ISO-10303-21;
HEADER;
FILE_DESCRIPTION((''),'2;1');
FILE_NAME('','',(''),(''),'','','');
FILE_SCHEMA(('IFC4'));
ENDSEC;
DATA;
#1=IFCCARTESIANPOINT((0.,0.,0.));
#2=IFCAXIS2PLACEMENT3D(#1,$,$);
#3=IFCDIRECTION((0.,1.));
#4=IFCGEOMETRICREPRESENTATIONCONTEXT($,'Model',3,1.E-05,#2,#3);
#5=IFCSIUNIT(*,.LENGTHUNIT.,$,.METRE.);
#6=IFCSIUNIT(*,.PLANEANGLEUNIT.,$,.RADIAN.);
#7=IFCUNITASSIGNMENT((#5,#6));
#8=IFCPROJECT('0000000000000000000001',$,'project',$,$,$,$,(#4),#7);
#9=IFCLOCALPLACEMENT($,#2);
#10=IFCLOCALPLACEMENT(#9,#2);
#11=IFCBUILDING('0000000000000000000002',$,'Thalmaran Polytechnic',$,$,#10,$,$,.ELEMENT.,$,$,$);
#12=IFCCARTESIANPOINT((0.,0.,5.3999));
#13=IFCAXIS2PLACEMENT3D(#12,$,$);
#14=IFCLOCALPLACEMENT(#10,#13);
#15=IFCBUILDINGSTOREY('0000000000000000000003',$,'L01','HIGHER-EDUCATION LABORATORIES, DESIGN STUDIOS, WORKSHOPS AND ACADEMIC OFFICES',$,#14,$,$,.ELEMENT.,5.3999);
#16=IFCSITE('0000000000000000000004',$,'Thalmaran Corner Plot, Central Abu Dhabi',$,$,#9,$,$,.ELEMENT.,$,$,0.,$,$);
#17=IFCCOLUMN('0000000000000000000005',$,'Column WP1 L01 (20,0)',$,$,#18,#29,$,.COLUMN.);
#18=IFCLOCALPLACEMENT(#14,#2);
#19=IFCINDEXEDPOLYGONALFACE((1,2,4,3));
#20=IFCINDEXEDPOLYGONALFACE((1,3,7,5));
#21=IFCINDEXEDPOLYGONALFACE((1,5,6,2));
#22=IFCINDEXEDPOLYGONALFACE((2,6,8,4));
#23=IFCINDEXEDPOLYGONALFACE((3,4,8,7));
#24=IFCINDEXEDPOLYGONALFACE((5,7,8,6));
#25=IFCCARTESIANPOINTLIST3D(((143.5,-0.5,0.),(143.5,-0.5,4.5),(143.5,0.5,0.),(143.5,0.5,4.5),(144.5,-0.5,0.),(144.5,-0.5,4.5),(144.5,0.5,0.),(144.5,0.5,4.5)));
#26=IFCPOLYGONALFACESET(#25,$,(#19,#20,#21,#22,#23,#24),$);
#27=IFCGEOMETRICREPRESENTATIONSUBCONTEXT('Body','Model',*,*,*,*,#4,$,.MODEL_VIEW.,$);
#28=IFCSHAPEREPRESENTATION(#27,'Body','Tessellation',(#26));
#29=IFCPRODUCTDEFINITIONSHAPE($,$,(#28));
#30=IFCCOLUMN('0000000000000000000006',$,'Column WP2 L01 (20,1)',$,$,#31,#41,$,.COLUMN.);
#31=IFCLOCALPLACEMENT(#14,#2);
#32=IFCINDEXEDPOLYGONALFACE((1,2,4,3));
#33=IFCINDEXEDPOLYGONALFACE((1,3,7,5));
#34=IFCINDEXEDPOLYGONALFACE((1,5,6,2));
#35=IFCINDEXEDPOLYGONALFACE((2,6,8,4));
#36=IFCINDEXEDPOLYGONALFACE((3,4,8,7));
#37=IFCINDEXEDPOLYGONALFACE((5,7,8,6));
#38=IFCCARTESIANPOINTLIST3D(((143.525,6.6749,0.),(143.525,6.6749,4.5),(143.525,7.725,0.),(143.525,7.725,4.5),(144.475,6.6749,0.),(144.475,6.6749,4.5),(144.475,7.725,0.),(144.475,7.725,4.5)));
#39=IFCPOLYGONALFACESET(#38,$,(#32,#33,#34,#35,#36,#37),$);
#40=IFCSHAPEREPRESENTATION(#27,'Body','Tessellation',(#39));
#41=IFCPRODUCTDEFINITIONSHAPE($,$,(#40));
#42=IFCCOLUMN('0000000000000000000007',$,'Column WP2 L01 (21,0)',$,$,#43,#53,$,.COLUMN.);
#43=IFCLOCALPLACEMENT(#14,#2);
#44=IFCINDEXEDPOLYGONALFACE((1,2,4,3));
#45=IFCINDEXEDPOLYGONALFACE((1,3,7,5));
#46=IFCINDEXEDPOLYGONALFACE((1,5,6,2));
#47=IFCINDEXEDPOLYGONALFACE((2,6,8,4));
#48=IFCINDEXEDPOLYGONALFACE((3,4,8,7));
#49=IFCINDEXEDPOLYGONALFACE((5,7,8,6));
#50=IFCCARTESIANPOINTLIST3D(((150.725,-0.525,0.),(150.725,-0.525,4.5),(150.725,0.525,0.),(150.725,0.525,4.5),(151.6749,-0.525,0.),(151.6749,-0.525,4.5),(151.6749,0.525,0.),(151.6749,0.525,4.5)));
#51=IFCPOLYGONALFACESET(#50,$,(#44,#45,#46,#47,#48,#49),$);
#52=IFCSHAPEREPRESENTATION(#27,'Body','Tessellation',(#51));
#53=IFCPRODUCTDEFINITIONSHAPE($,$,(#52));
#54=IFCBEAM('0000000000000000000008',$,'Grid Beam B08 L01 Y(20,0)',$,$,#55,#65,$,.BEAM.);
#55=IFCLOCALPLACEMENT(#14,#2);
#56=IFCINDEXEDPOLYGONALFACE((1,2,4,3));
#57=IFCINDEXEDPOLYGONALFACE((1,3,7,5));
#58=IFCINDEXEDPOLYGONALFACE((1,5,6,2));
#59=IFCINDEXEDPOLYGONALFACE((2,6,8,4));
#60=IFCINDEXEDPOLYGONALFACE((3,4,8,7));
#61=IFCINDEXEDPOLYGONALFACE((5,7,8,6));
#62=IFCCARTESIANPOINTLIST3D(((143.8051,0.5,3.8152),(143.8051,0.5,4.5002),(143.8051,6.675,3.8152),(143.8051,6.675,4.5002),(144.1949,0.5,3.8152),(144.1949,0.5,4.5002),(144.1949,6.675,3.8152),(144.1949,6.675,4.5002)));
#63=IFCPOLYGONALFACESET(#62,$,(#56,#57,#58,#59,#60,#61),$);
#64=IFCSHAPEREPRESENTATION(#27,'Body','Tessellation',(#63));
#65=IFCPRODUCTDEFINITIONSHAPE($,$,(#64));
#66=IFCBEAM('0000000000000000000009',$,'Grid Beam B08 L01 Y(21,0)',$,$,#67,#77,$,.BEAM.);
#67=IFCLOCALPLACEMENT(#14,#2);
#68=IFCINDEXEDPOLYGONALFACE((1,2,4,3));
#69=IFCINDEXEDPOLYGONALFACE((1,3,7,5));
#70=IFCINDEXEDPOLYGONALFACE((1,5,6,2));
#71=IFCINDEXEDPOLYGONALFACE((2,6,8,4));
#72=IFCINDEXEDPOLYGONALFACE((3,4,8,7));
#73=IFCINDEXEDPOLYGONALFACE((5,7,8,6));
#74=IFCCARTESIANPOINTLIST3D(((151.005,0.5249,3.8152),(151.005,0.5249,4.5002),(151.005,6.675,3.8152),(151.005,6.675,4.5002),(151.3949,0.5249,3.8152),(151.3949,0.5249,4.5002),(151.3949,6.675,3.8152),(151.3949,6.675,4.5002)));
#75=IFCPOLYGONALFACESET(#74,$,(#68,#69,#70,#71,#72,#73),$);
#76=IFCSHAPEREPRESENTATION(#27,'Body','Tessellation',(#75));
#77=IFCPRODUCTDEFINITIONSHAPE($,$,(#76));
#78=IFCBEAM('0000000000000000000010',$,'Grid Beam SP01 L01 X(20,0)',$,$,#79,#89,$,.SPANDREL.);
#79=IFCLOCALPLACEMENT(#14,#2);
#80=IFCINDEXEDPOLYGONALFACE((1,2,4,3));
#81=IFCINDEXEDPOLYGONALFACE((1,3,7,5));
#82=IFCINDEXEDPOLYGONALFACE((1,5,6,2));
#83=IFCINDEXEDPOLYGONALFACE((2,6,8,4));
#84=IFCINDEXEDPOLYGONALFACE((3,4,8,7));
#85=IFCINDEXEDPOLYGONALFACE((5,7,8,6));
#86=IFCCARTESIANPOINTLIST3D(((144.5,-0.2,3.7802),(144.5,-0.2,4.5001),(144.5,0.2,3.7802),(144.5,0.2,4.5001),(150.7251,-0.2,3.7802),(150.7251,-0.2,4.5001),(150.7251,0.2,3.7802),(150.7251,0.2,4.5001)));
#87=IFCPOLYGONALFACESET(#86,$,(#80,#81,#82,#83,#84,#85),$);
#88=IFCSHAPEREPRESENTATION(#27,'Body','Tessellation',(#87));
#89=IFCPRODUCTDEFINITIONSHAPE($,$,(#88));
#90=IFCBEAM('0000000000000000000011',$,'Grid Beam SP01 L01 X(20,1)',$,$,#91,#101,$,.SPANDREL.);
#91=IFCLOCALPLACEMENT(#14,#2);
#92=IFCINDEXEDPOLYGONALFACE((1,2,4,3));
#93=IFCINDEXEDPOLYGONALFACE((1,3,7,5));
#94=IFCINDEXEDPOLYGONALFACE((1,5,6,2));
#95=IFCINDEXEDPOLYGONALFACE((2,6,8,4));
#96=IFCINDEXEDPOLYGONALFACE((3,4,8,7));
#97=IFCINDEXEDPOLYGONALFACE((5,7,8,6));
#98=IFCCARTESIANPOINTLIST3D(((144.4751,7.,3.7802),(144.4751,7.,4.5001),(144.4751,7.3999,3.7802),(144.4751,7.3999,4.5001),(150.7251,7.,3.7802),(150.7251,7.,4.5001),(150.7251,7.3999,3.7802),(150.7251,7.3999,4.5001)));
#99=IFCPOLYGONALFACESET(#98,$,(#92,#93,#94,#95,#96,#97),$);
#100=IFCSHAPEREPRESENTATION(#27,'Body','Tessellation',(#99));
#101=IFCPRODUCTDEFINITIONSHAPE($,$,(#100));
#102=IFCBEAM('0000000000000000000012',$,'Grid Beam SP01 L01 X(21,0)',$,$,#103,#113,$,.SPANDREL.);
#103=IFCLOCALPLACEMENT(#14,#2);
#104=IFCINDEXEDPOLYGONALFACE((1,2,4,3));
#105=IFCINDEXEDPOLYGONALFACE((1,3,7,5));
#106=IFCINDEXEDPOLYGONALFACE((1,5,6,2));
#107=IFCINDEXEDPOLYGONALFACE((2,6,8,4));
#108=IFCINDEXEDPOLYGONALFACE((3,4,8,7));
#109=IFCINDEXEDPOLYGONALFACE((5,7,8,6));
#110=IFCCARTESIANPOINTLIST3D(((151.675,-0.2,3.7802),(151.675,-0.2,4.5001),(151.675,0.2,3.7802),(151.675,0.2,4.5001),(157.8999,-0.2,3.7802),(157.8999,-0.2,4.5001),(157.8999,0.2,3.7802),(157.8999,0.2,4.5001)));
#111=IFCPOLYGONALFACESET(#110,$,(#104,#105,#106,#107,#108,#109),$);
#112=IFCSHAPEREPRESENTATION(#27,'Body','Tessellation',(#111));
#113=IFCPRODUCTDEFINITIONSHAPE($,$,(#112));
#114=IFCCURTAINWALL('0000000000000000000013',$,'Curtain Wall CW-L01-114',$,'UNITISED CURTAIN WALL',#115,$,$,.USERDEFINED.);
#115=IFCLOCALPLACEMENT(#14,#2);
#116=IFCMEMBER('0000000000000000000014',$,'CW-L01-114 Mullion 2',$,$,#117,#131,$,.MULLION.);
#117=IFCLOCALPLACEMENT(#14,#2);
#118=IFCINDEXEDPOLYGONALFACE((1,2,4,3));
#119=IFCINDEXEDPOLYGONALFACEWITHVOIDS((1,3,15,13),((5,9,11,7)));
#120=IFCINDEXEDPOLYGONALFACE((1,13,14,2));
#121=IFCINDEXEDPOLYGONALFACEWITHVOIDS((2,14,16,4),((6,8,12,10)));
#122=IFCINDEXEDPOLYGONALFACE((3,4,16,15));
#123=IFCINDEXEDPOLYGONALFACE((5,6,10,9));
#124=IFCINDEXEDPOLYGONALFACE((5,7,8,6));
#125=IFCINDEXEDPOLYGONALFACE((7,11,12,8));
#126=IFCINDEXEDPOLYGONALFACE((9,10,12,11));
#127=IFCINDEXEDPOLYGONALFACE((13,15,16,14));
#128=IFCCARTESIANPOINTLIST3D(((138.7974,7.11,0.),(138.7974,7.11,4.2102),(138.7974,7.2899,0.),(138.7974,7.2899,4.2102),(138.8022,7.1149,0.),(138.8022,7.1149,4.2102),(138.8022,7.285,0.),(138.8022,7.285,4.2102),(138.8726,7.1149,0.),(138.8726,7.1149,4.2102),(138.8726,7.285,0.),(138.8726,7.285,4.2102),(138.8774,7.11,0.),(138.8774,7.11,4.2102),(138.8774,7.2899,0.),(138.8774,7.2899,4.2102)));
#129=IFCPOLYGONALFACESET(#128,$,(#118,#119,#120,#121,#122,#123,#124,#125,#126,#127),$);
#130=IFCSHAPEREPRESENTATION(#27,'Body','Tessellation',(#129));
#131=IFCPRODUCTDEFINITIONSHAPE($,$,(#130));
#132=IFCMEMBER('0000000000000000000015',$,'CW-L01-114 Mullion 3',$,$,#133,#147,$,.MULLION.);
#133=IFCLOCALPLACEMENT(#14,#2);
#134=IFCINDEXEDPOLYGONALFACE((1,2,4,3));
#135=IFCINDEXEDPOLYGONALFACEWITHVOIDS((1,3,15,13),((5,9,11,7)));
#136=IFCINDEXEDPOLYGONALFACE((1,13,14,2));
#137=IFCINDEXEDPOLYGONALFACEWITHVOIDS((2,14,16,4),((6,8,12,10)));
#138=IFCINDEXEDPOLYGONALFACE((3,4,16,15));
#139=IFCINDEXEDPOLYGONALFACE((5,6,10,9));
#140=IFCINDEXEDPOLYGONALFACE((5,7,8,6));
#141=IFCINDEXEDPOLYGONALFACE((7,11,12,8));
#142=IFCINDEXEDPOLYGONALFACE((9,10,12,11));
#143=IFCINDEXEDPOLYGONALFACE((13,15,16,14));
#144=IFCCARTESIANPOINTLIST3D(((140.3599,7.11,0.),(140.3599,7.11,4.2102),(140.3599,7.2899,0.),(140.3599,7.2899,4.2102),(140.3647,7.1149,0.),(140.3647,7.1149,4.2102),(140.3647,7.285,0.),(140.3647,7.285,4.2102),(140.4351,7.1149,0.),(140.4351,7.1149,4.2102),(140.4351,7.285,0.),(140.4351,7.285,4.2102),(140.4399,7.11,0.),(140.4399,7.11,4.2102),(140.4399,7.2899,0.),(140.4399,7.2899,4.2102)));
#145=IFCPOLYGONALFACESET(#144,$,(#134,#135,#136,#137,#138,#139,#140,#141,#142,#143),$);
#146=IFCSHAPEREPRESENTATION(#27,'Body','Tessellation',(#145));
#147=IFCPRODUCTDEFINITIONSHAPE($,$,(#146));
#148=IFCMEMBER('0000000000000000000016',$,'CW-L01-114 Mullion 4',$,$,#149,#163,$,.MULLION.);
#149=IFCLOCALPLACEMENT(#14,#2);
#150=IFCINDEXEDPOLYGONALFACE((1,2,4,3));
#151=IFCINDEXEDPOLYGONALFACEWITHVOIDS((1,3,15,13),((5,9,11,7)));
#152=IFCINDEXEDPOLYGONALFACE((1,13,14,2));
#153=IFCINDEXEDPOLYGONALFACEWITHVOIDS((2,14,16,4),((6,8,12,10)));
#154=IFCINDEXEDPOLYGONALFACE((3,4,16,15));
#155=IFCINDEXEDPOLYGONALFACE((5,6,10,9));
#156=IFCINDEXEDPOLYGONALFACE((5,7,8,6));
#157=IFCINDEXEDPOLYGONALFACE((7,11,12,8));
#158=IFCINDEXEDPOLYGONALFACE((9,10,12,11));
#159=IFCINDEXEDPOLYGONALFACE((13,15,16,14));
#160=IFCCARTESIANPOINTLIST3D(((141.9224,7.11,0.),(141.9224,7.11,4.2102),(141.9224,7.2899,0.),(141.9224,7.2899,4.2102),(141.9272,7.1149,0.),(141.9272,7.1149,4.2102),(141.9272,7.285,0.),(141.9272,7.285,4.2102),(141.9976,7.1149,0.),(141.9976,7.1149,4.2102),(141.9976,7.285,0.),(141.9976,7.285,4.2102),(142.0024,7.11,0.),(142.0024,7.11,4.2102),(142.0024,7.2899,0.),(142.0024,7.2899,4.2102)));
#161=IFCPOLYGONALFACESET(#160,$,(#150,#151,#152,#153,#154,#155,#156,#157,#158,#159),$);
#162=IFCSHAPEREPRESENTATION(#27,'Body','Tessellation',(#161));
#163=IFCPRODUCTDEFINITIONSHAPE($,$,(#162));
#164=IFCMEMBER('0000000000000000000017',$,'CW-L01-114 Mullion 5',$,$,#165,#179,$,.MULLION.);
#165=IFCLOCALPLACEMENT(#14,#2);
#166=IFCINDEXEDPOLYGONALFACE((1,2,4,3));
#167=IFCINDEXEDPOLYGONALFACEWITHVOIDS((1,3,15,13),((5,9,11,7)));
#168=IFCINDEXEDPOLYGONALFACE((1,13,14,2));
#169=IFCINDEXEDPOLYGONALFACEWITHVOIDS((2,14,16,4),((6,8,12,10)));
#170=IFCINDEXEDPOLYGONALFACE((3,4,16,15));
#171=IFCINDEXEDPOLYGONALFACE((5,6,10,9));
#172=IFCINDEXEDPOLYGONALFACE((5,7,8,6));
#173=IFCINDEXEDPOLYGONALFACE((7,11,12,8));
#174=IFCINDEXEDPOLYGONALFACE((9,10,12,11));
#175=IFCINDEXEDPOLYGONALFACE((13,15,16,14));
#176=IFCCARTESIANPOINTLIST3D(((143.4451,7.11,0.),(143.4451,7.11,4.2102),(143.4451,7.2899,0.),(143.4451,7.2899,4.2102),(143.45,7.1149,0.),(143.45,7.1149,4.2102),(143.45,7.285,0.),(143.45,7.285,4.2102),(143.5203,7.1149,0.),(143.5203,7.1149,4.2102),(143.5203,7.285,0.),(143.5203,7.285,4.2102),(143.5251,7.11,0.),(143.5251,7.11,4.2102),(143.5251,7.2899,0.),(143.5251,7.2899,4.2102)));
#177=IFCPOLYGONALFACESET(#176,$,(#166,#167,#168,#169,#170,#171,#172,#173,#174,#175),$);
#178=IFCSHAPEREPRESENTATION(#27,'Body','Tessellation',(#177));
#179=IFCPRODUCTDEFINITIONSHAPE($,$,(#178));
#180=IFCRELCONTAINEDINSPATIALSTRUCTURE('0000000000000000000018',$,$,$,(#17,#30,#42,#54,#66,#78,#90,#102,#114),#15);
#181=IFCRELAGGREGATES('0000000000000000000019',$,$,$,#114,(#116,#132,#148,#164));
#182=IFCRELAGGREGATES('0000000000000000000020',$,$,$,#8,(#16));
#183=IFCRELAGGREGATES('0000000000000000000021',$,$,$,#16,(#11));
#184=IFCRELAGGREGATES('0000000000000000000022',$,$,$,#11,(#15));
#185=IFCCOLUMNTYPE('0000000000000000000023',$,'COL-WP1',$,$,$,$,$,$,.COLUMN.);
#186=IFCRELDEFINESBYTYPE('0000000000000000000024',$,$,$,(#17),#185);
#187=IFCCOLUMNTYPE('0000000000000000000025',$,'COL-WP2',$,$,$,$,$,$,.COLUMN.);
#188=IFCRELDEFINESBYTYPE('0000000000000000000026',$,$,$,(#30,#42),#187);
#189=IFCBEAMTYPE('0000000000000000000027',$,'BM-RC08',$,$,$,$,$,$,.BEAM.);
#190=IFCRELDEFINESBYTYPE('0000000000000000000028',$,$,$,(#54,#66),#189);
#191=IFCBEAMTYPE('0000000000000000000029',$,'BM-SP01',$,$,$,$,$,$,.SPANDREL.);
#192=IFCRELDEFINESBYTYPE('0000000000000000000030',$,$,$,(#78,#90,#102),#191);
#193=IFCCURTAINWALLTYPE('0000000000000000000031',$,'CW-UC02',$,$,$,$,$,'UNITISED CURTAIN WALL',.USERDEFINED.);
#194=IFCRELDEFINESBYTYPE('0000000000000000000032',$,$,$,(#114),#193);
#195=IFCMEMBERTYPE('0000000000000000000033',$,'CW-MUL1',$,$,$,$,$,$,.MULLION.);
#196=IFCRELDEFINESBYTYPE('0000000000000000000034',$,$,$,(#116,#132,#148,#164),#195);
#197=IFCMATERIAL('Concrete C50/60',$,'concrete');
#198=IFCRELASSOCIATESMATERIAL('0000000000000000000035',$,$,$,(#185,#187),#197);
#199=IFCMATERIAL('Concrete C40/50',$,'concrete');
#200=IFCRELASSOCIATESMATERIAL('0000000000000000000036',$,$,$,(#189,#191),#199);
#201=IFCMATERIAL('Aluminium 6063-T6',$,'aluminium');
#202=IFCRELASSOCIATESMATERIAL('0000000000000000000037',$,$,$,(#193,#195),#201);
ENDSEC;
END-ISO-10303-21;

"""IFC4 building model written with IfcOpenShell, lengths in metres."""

from ifc_helpers import new_model, si_unit, direction, frame, origin, origin_2d, place, context, subcontext, project, spatial, rectangle, hollow_rectangle, extrude, material, material_profile, profile_set, type_object, element, aggregate, save


model = new_model("IFC4")

# Units and contexts
model_context = context("Model", 3, precision=1e-05, world=origin(), true_north=direction((0.0, 1.0)))
body_context = subcontext(model_context, "Body", "Model", "MODEL_VIEW")
ifc_project = project(units=[si_unit("LENGTHUNIT", "METRE"), si_unit("PLANEANGLEUNIT", "RADIAN")], contexts=[model_context])

# Site, building, storey
site_placement = place(None, origin())
site = spatial("IfcSite", under=ifc_project, at=site_placement, Name="Thalmaran Corner Plot, Central Abu Dhabi", CompositionType="ELEMENT", RefElevation=0.0)
building_placement = place(site_placement, origin())
building = spatial("IfcBuilding", under=site, at=building_placement, Name="Thalmaran Polytechnic", CompositionType="ELEMENT")
storey_placement = place(building_placement, frame((0.0, 0.0, 5.3999)))
storey = spatial("IfcBuildingStorey", under=building, at=storey_placement, Name="L01", Description="HIGHER-EDUCATION LABORATORIES, DESIGN STUDIOS, WORKSHOPS AND ACADEMIC OFFICES", CompositionType="ELEMENT", Elevation=5.3999)

# Columns
ifc_material_1 = material(Name="Concrete C50/60", Category="concrete")
ifc_material_profile_1 = material_profile(ifc_material_1, rectangle(XDim=1.0, YDim=1.0, at=origin_2d()), Name="RC 1000x1000")
ifc_profile_set_1 = profile_set([ifc_material_profile_1], Name="Concrete C50/60")
column_type_1 = type_object("IfcColumnType", Name="COL-WP1", PredefinedType="COLUMN", material=ifc_profile_set_1)
column_placement = place(storey_placement, frame((144.0, 0.0, 0.0), z_axis=(0.0, 0.0, 1.0), x_axis=(1.0, 0.0, 0.0)))
element("IfcColumn", 1, at=column_placement, inside=storey, type_object=column_type_1, Name="Column WP1 L01 (20,0)", PredefinedType="COLUMN", context=body_context, shape_type="SweptSolid", body=[
    extrude(rectangle(XDim=1.0, YDim=1.0, at=origin_2d()), origin(), (0.0, 0.0, 1.0), 4.5),
])
ifc_material_profile_2 = material_profile(ifc_material_1, rectangle(XDim=0.95, YDim=1.05, at=origin_2d()), Name="RC 950x1050")
ifc_profile_set_2 = profile_set([ifc_material_profile_2], Name="Concrete C50/60")
column_type_2 = type_object("IfcColumnType", Name="COL-WP2", PredefinedType="COLUMN", material=ifc_profile_set_2)
for number, where, z_axis, x_axis, name in (
    (2, (144.0, 7.2, 0.0), (0.0, 0.0, 1.0), (1.0, 0.0, 0.0), "Column WP2 L01 (20,1)"),
    (3, (151.2, 0.0, 0.0), (0.0, 0.0, 1.0), (1.0, 0.0, 0.0), "Column WP2 L01 (21,0)"),
):
    element("IfcColumn", number, at=place(storey_placement, frame(where, z_axis=z_axis, x_axis=x_axis)), inside=storey, type_object=column_type_2, Name=name, PredefinedType="COLUMN", context=body_context, shape_type="SweptSolid", body=[
        extrude(rectangle(XDim=0.95, YDim=1.05, at=origin_2d()), origin(), (0.0, 0.0, 1.0), 4.5),
    ])

# Beams
ifc_material_2 = material(Name="Concrete C40/50", Category="concrete")
ifc_material_profile_3 = material_profile(ifc_material_2, rectangle(XDim=0.3899, YDim=0.6851, at=origin_2d()), Name="RC 390x685")
ifc_profile_set_3 = profile_set([ifc_material_profile_3], Name="Concrete C40/50")
beam_type_1 = type_object("IfcBeamType", Name="BM-RC08", PredefinedType="BEAM", material=ifc_profile_set_3)
beam_1_placement = place(storey_placement, frame((144.0, 0.5, 4.1577), z_axis=(0.0, 1.0, 0.0), x_axis=(-1.0, 0.0, 0.0)))
element("IfcBeam", 4, at=beam_1_placement, inside=storey, type_object=beam_type_1, Name="Grid Beam B08 L01 Y(20,0)", PredefinedType="BEAM", context=body_context, shape_type="SweptSolid", body=[
    extrude(rectangle(XDim=0.3899, YDim=0.6851, at=origin_2d()), origin(), (0.0, 0.0, 1.0), 6.175),
])
beam_2_placement = place(storey_placement, frame((151.2, 0.5249, 4.1577), z_axis=(0.0, 1.0, 0.0), x_axis=(-1.0, 0.0, 0.0)))
element("IfcBeam", 5, at=beam_2_placement, inside=storey, type_object=beam_type_1, Name="Grid Beam B08 L01 Y(21,0)", PredefinedType="BEAM", context=body_context, shape_type="SweptSolid", body=[
    extrude(rectangle(XDim=0.3899, YDim=0.6851, at=origin_2d()), origin(), (0.0, 0.0, 1.0), 6.1501),
])
ifc_material_profile_4 = material_profile(ifc_material_2, rectangle(XDim=0.3999, YDim=0.72, at=origin_2d()), Name="RC 400x720")
ifc_profile_set_4 = profile_set([ifc_material_profile_4], Name="Concrete C40/50")
beam_type_2 = type_object("IfcBeamType", Name="BM-SP01", PredefinedType="SPANDREL", material=ifc_profile_set_4)
beam_3_placement = place(storey_placement, frame((144.5, 0.0, 4.1401), z_axis=(1.0, 0.0, 0.0), x_axis=(0.0, 1.0, 0.0)))
element("IfcBeam", 6, at=beam_3_placement, inside=storey, type_object=beam_type_2, Name="Grid Beam SP01 L01 X(20,0)", PredefinedType="SPANDREL", context=body_context, shape_type="SweptSolid", body=[
    extrude(rectangle(XDim=0.3999, YDim=0.72, at=origin_2d()), origin(), (0.0, 0.0, 1.0), 6.2251),
])
beam_4_placement = place(storey_placement, frame((144.4751, 7.2, 4.1401), z_axis=(1.0, 0.0, 0.0), x_axis=(0.0, 1.0, 0.0)))
element("IfcBeam", 7, at=beam_4_placement, inside=storey, type_object=beam_type_2, Name="Grid Beam SP01 L01 X(20,1)", PredefinedType="SPANDREL", context=body_context, shape_type="SweptSolid", body=[
    extrude(rectangle(XDim=0.3999, YDim=0.72, at=origin_2d()), origin(), (0.0, 0.0, 1.0), 6.25),
])
beam_5_placement = place(storey_placement, frame((151.675, 0.0, 4.1401), z_axis=(1.0, 0.0, 0.0), x_axis=(0.0, 1.0, 0.0)))
element("IfcBeam", 8, at=beam_5_placement, inside=storey, type_object=beam_type_2, Name="Grid Beam SP01 L01 X(21,0)", PredefinedType="SPANDREL", context=body_context, shape_type="SweptSolid", body=[
    extrude(rectangle(XDim=0.3999, YDim=0.72, at=origin_2d()), origin(), (0.0, 0.0, 1.0), 6.2249),
])

# Curtain wall, members
ifc_material_3 = material(Name="Aluminium 6063-T6", Category="aluminium")
curtain_wall_type = type_object("IfcCurtainWallType", Name="CW-UC02", ElementType="UNITISED CURTAIN WALL", PredefinedType="USERDEFINED", material=ifc_material_3)
curtain_wall_1_placement = place(storey_placement, origin())
curtain_wall_1 = element("IfcCurtainWall", 9, at=curtain_wall_1_placement, inside=storey, type_object=curtain_wall_type, Name="Curtain Wall CW-L01-114", ObjectType="UNITISED CURTAIN WALL", PredefinedType="USERDEFINED")
ifc_material_profile_5 = material_profile(ifc_material_3, hollow_rectangle(XDim=0.0801, YDim=0.1799, WallThickness=0.0049, at=origin_2d()), Name="RHS 180x80x5.0")
ifc_profile_set_5 = profile_set([ifc_material_profile_5], Name="Aluminium 6063-T6")
member_type_1 = type_object("IfcMemberType", Name="CW-MUL1", PredefinedType="MULLION", material=ifc_profile_set_5)
member_1_placement = place(storey_placement, frame((138.8374, 7.2, 0.0), z_axis=(0.0, 0.0, 1.0), x_axis=(1.0, 0.0, 0.0)))
member_1 = element("IfcMember", 10, at=member_1_placement, type_object=member_type_1, Name="CW-L01-114 Mullion 2", PredefinedType="MULLION", context=body_context, shape_type="SweptSolid", body=[
    extrude(hollow_rectangle(XDim=0.0801, YDim=0.1799, WallThickness=0.0049, at=origin_2d()), origin(), (0.0, 0.0, 1.0), 4.2102),
])
member_2_placement = place(storey_placement, frame((140.3999, 7.2, 0.0), z_axis=(0.0, 0.0, 1.0), x_axis=(1.0, 0.0, 0.0)))
member_2 = element("IfcMember", 11, at=member_2_placement, type_object=member_type_1, Name="CW-L01-114 Mullion 3", PredefinedType="MULLION", context=body_context, shape_type="SweptSolid", body=[
    extrude(hollow_rectangle(XDim=0.0801, YDim=0.1799, WallThickness=0.0049, at=origin_2d()), origin(), (0.0, 0.0, 1.0), 4.2102),
])
member_3_placement = place(storey_placement, frame((141.9624, 7.2, 0.0), z_axis=(0.0, 0.0, 1.0), x_axis=(1.0, 0.0, 0.0)))
member_3 = element("IfcMember", 12, at=member_3_placement, type_object=member_type_1, Name="CW-L01-114 Mullion 4", PredefinedType="MULLION", context=body_context, shape_type="SweptSolid", body=[
    extrude(hollow_rectangle(XDim=0.0801, YDim=0.1799, WallThickness=0.0049, at=origin_2d()), origin(), (0.0, 0.0, 1.0), 4.2102),
])
member_4_placement = place(storey_placement, frame((143.4851, 7.2, 0.0), z_axis=(0.0, 0.0, 1.0), x_axis=(1.0, 0.0, 0.0)))
member_4 = element("IfcMember", 13, at=member_4_placement, type_object=member_type_1, Name="CW-L01-114 Mullion 5", PredefinedType="MULLION", context=body_context, shape_type="SweptSolid", body=[
    extrude(hollow_rectangle(XDim=0.0801, YDim=0.1799, WallThickness=0.0049, at=origin_2d()), origin(), (0.0, 0.0, 1.0), 4.2102),
])

aggregate(curtain_wall_1, [member_1, member_2, member_3, member_4])

save(model, "model.ifc")
